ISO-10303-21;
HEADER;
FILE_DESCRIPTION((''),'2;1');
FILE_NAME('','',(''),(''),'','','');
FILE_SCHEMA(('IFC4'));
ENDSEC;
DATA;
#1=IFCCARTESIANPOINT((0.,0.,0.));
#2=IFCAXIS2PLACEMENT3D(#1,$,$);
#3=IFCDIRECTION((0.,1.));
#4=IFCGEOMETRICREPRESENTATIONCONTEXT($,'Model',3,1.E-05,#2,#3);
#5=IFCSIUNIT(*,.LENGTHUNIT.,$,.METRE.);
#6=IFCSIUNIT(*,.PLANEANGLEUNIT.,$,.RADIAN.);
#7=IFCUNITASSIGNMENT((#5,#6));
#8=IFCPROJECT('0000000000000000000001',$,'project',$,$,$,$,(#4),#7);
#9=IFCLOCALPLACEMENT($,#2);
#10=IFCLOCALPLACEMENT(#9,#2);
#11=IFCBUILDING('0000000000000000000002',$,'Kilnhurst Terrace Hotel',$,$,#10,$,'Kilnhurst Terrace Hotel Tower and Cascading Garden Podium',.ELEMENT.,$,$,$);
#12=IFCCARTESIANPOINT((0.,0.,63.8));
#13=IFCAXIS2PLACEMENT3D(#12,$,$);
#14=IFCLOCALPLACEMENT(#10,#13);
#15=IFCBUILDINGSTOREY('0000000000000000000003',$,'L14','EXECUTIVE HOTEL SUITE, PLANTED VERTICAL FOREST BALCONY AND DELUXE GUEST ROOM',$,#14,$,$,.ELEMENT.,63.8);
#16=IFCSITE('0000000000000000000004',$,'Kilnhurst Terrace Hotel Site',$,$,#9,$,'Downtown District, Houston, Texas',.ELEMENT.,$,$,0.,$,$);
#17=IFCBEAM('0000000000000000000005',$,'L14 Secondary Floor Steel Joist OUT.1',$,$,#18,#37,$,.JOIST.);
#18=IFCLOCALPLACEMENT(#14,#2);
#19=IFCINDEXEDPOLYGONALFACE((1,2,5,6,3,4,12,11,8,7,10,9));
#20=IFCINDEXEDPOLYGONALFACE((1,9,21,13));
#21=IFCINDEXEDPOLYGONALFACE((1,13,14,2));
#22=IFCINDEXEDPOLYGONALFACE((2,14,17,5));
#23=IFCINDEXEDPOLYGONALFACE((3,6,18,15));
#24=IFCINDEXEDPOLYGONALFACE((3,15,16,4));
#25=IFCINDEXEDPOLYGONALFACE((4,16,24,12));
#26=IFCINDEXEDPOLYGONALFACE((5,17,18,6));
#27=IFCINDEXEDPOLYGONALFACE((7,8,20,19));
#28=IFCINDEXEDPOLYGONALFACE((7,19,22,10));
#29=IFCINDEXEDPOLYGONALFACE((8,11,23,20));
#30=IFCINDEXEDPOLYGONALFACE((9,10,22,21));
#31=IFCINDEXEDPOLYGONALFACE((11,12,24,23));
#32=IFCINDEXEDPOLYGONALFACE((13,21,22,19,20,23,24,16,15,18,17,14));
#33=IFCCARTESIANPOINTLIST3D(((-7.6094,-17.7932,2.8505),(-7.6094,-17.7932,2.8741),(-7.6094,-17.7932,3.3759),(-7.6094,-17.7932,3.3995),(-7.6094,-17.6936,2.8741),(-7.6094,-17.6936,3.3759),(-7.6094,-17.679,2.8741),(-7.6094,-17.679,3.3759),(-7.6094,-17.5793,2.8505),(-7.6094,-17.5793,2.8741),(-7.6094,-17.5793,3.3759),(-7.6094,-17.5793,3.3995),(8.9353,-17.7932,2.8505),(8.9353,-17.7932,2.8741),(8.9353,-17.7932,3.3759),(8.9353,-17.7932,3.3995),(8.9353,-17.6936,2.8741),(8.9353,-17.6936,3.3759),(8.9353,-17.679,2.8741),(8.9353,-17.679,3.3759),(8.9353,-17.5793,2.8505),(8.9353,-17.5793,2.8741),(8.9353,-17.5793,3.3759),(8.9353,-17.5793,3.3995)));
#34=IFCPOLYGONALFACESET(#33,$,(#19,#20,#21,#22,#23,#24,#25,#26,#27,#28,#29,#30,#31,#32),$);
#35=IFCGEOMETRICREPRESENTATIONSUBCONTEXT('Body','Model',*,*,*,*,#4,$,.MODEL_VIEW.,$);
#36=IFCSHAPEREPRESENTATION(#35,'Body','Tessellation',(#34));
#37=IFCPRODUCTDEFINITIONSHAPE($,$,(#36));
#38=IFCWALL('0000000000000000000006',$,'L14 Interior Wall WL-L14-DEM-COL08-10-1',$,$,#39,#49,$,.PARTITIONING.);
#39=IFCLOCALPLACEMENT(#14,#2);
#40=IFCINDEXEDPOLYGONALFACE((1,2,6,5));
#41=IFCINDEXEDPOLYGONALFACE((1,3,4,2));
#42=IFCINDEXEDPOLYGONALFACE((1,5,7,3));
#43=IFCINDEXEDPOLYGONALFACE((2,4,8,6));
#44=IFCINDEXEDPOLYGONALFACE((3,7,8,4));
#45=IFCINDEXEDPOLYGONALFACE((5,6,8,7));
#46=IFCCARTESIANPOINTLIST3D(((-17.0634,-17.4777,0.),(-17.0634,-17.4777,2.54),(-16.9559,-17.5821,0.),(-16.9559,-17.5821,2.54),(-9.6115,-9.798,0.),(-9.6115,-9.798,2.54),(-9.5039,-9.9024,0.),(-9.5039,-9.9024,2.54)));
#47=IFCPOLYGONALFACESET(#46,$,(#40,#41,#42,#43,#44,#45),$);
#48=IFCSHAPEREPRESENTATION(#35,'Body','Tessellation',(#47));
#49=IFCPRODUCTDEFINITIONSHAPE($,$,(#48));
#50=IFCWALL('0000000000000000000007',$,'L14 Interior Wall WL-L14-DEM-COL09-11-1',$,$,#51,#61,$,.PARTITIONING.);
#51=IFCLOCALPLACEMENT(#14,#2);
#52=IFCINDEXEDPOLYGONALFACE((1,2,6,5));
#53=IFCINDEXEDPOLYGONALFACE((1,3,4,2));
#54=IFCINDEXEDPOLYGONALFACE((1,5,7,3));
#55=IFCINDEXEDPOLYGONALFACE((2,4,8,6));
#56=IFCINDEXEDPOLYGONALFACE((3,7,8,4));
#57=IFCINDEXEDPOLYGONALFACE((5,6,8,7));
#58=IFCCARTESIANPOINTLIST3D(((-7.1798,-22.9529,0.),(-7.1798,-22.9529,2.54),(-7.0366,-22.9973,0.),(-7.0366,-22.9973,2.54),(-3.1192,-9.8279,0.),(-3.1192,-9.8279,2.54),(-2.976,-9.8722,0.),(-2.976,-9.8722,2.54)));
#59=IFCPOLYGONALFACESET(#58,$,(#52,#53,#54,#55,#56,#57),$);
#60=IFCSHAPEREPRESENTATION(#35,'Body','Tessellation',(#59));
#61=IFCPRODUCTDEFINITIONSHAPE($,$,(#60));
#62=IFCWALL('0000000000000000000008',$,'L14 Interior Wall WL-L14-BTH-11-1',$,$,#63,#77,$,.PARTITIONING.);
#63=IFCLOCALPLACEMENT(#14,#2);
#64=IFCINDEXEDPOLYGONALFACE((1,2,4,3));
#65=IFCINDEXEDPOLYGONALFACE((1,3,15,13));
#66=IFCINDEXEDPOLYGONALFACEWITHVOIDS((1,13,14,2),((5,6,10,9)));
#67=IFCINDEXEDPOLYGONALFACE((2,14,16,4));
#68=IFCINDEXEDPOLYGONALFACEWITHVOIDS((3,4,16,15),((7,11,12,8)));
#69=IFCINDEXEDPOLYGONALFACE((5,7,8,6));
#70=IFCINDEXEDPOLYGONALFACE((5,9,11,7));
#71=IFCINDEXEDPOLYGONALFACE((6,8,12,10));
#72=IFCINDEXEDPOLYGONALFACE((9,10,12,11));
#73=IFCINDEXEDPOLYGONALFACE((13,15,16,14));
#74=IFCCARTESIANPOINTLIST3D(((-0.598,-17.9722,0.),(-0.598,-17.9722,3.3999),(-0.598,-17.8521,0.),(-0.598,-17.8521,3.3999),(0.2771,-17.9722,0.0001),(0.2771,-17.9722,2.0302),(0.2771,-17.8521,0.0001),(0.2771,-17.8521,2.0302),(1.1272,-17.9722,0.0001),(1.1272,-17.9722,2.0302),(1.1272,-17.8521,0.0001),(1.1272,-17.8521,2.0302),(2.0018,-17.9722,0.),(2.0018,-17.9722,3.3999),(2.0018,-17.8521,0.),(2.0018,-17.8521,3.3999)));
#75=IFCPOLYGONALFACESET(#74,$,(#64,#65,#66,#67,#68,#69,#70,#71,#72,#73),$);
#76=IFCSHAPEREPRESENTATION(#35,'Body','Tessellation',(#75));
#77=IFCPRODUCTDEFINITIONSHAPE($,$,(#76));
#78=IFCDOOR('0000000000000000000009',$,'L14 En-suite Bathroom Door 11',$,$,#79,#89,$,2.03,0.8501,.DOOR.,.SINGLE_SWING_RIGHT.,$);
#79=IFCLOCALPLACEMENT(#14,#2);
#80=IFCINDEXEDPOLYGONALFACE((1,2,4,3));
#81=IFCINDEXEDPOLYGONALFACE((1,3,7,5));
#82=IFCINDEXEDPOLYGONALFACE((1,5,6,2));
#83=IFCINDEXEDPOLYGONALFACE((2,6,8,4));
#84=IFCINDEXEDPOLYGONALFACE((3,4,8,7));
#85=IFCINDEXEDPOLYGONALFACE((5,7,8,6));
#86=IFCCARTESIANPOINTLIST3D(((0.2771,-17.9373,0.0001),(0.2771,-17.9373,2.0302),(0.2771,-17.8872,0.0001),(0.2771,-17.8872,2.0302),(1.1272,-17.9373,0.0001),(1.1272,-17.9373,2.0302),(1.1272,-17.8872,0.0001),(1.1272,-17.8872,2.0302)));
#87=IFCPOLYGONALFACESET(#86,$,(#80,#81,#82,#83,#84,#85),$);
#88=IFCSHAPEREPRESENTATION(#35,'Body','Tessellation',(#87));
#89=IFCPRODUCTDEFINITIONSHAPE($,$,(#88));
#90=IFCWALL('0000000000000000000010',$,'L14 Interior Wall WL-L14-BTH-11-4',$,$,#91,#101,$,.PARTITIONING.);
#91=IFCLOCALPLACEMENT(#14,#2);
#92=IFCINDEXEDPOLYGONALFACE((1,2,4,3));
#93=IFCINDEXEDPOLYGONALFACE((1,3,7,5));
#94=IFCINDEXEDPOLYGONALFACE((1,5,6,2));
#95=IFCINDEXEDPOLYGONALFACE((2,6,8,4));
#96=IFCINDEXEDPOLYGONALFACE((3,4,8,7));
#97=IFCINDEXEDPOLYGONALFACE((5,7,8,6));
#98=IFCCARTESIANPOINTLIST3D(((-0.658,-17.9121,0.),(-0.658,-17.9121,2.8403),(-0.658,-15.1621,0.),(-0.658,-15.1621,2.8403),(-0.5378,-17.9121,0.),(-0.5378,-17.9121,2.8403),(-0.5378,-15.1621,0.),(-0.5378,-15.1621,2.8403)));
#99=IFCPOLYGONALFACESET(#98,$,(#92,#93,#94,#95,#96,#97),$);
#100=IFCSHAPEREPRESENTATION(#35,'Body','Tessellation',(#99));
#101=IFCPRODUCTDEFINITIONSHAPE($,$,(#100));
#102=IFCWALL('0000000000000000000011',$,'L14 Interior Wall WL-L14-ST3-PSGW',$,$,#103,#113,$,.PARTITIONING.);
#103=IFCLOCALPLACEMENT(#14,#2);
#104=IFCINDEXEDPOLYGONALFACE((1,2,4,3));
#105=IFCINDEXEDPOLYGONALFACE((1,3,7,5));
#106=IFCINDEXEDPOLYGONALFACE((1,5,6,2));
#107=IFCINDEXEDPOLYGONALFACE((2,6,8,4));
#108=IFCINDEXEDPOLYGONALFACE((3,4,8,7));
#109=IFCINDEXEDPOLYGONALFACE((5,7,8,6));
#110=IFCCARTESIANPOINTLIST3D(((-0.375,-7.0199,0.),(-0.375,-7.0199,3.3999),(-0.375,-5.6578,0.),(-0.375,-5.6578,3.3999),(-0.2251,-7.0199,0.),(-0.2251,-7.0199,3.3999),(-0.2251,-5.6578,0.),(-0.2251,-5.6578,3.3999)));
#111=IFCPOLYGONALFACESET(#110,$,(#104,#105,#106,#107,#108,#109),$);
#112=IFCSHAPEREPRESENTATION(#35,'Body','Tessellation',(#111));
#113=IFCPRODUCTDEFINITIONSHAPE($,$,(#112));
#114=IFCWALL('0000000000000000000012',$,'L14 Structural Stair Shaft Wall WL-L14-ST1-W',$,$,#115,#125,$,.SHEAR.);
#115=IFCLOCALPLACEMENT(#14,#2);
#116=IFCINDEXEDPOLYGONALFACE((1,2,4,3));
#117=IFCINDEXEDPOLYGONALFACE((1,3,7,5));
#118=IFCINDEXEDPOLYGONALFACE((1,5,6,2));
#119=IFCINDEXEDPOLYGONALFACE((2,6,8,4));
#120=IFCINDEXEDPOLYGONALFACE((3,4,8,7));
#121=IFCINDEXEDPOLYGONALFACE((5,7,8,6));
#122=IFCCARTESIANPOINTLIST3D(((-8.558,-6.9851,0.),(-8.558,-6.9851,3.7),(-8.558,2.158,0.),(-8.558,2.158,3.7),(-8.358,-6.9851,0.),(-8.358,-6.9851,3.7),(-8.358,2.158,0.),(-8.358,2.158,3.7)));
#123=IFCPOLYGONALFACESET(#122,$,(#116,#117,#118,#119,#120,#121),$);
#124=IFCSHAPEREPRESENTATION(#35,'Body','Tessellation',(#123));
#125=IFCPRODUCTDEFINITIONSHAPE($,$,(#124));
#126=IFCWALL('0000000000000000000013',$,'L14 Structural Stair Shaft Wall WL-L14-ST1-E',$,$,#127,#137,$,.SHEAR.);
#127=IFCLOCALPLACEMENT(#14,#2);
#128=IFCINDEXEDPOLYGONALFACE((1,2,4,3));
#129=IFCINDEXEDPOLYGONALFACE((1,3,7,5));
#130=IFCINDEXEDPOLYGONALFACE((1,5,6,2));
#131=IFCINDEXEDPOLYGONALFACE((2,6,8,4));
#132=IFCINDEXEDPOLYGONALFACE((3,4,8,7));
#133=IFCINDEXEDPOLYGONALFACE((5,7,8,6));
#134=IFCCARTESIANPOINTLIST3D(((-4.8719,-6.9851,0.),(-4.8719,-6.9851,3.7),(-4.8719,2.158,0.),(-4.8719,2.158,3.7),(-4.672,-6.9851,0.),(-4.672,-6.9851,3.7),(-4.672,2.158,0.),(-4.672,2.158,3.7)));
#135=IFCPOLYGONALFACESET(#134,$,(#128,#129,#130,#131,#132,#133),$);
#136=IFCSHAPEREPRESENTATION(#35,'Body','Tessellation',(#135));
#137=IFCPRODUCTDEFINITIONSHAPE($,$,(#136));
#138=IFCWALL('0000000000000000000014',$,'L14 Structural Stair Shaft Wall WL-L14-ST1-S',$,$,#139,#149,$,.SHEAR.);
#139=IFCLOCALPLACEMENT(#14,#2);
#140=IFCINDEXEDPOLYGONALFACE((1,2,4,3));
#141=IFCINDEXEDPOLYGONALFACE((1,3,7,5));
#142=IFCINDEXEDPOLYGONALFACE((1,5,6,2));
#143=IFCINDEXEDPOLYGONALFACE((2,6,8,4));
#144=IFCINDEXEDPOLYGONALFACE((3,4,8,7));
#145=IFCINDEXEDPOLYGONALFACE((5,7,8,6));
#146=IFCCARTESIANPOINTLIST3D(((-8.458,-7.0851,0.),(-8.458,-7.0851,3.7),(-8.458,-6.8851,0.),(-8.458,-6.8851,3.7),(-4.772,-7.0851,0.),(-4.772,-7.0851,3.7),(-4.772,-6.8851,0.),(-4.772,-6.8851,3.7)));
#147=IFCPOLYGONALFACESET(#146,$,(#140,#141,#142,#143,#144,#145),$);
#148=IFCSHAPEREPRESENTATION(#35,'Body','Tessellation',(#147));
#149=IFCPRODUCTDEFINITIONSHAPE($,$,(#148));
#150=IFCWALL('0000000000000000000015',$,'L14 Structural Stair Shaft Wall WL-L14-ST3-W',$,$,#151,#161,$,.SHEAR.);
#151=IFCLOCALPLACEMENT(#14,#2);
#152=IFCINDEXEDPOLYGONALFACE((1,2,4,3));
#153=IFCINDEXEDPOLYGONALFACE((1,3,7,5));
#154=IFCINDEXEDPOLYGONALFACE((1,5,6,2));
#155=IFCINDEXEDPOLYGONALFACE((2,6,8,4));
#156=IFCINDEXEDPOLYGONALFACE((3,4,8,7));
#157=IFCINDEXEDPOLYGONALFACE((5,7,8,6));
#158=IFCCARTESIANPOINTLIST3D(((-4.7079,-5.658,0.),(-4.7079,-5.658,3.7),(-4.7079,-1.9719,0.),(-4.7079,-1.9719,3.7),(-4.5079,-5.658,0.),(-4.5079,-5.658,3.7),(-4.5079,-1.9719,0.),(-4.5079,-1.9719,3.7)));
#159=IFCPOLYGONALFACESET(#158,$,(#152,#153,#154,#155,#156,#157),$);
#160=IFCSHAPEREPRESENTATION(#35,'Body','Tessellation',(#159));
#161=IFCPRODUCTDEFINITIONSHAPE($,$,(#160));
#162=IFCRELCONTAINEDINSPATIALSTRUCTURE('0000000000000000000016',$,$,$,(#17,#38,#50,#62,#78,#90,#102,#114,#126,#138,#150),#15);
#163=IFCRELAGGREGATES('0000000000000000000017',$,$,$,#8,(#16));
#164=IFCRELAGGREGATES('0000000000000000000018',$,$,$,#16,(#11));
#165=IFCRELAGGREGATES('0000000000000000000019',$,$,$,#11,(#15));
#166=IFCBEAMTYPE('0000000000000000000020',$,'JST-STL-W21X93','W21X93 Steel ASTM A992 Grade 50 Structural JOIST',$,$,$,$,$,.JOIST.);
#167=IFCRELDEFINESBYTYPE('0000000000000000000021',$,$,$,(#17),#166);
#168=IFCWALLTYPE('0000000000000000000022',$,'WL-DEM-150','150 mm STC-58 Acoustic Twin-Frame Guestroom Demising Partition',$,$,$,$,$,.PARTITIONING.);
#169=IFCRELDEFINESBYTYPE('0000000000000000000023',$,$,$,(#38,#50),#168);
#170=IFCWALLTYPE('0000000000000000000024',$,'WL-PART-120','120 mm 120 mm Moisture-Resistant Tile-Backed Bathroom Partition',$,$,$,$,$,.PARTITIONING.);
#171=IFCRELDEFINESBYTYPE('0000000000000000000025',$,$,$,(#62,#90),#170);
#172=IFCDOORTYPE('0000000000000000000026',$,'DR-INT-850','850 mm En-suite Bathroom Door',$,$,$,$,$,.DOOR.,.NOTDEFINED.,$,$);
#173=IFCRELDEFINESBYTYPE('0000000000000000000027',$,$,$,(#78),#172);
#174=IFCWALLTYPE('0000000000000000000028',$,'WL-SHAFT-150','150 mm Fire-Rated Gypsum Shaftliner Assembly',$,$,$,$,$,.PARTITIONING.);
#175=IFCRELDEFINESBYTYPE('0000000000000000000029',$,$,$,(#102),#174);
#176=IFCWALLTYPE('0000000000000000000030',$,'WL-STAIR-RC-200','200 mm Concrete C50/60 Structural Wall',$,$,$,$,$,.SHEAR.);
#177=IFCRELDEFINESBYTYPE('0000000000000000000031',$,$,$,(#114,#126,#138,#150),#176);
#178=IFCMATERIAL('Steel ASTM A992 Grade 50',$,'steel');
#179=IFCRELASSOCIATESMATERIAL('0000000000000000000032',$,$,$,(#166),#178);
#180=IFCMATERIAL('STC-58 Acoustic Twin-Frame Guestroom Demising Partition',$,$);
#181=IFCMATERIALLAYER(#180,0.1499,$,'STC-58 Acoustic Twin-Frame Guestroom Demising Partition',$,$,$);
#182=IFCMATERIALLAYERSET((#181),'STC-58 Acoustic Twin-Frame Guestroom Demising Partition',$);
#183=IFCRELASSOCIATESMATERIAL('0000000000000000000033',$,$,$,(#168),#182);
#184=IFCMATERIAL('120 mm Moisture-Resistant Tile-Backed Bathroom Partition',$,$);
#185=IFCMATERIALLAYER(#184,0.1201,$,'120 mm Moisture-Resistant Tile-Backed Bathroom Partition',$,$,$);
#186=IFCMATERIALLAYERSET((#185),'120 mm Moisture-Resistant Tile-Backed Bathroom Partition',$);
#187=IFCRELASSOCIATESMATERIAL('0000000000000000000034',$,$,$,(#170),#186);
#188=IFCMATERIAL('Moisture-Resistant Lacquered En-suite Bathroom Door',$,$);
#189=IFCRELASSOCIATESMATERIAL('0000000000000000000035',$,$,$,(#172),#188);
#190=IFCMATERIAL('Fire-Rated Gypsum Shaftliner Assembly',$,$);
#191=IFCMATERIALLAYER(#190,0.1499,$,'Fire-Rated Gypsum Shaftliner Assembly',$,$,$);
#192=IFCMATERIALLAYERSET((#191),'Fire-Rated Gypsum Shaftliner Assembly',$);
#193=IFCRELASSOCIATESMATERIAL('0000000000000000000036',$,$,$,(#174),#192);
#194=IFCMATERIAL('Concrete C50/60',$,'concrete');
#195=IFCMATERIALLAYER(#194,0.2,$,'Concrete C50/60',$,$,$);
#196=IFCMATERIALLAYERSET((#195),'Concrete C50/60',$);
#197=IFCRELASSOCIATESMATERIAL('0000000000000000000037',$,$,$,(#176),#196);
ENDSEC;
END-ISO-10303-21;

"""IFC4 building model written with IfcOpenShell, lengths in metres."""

from ifc_helpers import new_model, si_unit, direction, frame, frame_2d, origin, origin_2d, place, context, subcontext, project, spatial, rectangle, i_section, extrude, material, layer, layer_set, material_profile, profile_set, type_object, element, fill, save


model = new_model("IFC4")

# Units and contexts
model_context = context("Model", 3, precision=1e-05, world=origin(), true_north=direction((0.0, 1.0)))
body_context = subcontext(model_context, "Body", "Model", "MODEL_VIEW")
ifc_project = project(units=[si_unit("LENGTHUNIT", "METRE"), si_unit("PLANEANGLEUNIT", "RADIAN")], contexts=[model_context])

# Site, building, storey
site_placement = place(None, origin())
site = spatial("IfcSite", under=ifc_project, at=site_placement, Name="Kilnhurst Terrace Hotel Site", LongName="Downtown District, Houston, Texas", CompositionType="ELEMENT", RefElevation=0.0)
building_placement = place(site_placement, origin())
building = spatial("IfcBuilding", under=site, at=building_placement, Name="Kilnhurst Terrace Hotel", LongName="Kilnhurst Terrace Hotel Tower and Cascading Garden Podium", CompositionType="ELEMENT")
storey_placement = place(building_placement, frame((0.0, 0.0, 63.8)))
storey = spatial("IfcBuildingStorey", under=building, at=storey_placement, Name="L14", Description="EXECUTIVE HOTEL SUITE, PLANTED VERTICAL FOREST BALCONY AND DELUXE GUEST ROOM", CompositionType="ELEMENT", Elevation=63.8)

# Shared definitions
ifc_material_1 = material(Name="Steel ASTM A992 Grade 50", Category="steel")

# Beam
ifc_material_2 = material(Name="Concrete C50/60", Category="concrete")
ifc_material_profile_1 = material_profile(ifc_material_1, i_section(OverallWidth=0.2139, OverallDepth=0.5491, WebThickness=0.0146, FlangeThickness=0.0237, at=origin_2d()), Name="W21X93")
ifc_profile_set_1 = profile_set([ifc_material_profile_1], Name="Steel ASTM A992 Grade 50")
beam_type_1 = type_object("IfcBeamType", Name="JST-STL-W21X93", Description="W21X93 Steel ASTM A992 Grade 50 Structural JOIST", PredefinedType="JOIST", material=ifc_profile_set_1)
beam_1_placement = place(storey_placement, frame((-7.6094, -17.6863, 3.125), z_axis=(1.0, 0.0, 0.0), x_axis=(0.0, 1.0, 0.0)))
element("IfcBeam", 1, at=beam_1_placement, inside=storey, type_object=beam_type_1, Name="L14 Secondary Floor Steel Joist OUT.1", PredefinedType="JOIST", context=body_context, shape_type="SweptSolid", body=[
    extrude(i_section(OverallWidth=0.2139, OverallDepth=0.5491, WebThickness=0.0146, FlangeThickness=0.0237, at=origin_2d()), origin(), (0.0, 0.0, 1.0), 16.5447),
])

# Walls
ifc_material_3 = material(Name="STC-58 Acoustic Twin-Frame Guestroom Demising Partition")
ifc_layer_1 = layer(ifc_material_3, 0.1499, Name="STC-58 Acoustic Twin-Frame Guestroom Demising Partition")
ifc_layer_set_1 = layer_set([ifc_layer_1], Name="STC-58 Acoustic Twin-Frame Guestroom Demising Partition")
wall_type_1 = type_object("IfcWallType", Name="WL-DEM-150", Description="150 mm STC-58 Acoustic Twin-Frame Guestroom Demising Partition", PredefinedType="PARTITIONING", material=ifc_layer_set_1)
wall_1_placement = place(storey_placement, frame((-9.5576, -9.8501, 0.0), z_axis=(0.0, 0.0, 1.0), x_axis=(-0.696383, -0.71767, 0.0)))
element("IfcWall", 2, at=wall_1_placement, inside=storey, type_object=wall_type_1, Name="L14 Interior Wall WL-L14-DEM-COL08-10-1", PredefinedType="PARTITIONING", context=body_context, shape_type="SweptSolid", body=[
    extrude(rectangle(XDim=10.7009, YDim=0.1499, at=frame_2d((5.3506, 0.0))), origin(), (0.0, 0.0, 1.0), 2.54),
])
wall_2_placement = place(storey_placement, frame((-3.0476, -9.8501, 0.0), z_axis=(0.0, 0.0, 1.0), x_axis=(-0.295554, -0.955326, 0.0)))
element("IfcWall", 3, at=wall_2_placement, inside=storey, type_object=wall_type_1, Name="L14 Interior Wall WL-L14-DEM-COL09-11-1", PredefinedType="PARTITIONING", context=body_context, shape_type="SweptSolid", body=[
    extrude(rectangle(XDim=13.7388, YDim=0.1499, at=frame_2d((6.8694, 0.0))), origin(), (0.0, 0.0, 1.0), 2.54),
])

# Wall, opening, door
ifc_material_4 = material(Name="120 mm Moisture-Resistant Tile-Backed Bathroom Partition")
ifc_layer_2 = layer(ifc_material_4, 0.1201, Name="120 mm Moisture-Resistant Tile-Backed Bathroom Partition")
ifc_layer_set_2 = layer_set([ifc_layer_2], Name="120 mm Moisture-Resistant Tile-Backed Bathroom Partition")
wall_type_2 = type_object("IfcWallType", Name="WL-PART-120", Description="120 mm 120 mm Moisture-Resistant Tile-Backed Bathroom Partition", PredefinedType="PARTITIONING", material=ifc_layer_set_2)
wall_3_placement = place(storey_placement, frame((-0.5979, -17.9121, 0.0), z_axis=(0.0, 0.0, 1.0), x_axis=(1.0, 0.0, 0.0)))
wall_3 = element("IfcWall", 4, at=wall_3_placement, inside=storey, type_object=wall_type_2, Name="L14 Interior Wall WL-L14-BTH-11-1", PredefinedType="PARTITIONING", context=body_context, shape_type="SweptSolid", body=[
    extrude(rectangle(XDim=2.5999, YDim=0.1201, at=frame_2d((1.2998, 0.0))), origin(), (0.0, 0.0, 1.0), 3.3999),
])
opening_1_placement = place(wall_3_placement, frame((0.875, 0.0, 0.0)))
opening_1 = element("IfcOpeningElement", 5, at=opening_1_placement, cuts=wall_3, PredefinedType="OPENING", context=body_context, shape_type="SweptSolid", body=[
    extrude(rectangle(XDim=0.8501, YDim=2.03, at=frame_2d((0.425, 1.0151))), frame((0.0, 0.0701, 0.0), z_axis=(0.0, -1.0, 0.0), x_axis=(1.0, 0.0, 0.0)), (0.0, 0.0, 1.0), 0.1401),
])
ifc_material_5 = material(Name="Moisture-Resistant Lacquered En-suite Bathroom Door")
door_type_1 = type_object("IfcDoorType", Name="DR-INT-850", Description="850 mm En-suite Bathroom Door", OperationType="NOTDEFINED", PredefinedType="DOOR", material=ifc_material_5)
door_1_placement = place(opening_1_placement, origin())
door_1 = element("IfcDoor", 6, at=door_1_placement, inside=storey, type_object=door_type_1, Name="L14 En-suite Bathroom Door 11", OperationType="SINGLE_SWING_RIGHT", OverallHeight=2.03, OverallWidth=0.8501, PredefinedType="DOOR", context=body_context, shape_type="SweptSolid", body=[
    extrude(rectangle(XDim=0.8501, YDim=2.03, at=frame_2d((0.425, 1.0151))), frame((0.0, 0.0249, 0.0), z_axis=(0.0, -1.0, 0.0), x_axis=(1.0, 0.0, 0.0)), (0.0, 0.0, 1.0), 0.05),
])
fill(opening_1, door_1)

# Walls
wall_4_placement = place(storey_placement, frame((-0.5979, -15.1621, 0.0), z_axis=(0.0, 0.0, 1.0), x_axis=(0.0, -1.0, 0.0)))
element("IfcWall", 7, at=wall_4_placement, inside=storey, type_object=wall_type_2, Name="L14 Interior Wall WL-L14-BTH-11-4", PredefinedType="PARTITIONING", context=body_context, shape_type="SweptSolid", body=[
    extrude(rectangle(XDim=2.75, YDim=0.1201, at=frame_2d((1.375, 0.0))), origin(), (0.0, 0.0, 1.0), 2.8403),
])
ifc_material_6 = material(Name="Fire-Rated Gypsum Shaftliner Assembly")
ifc_layer_3 = layer(ifc_material_6, 0.1499, Name="Fire-Rated Gypsum Shaftliner Assembly")
ifc_layer_set_3 = layer_set([ifc_layer_3], Name="Fire-Rated Gypsum Shaftliner Assembly")
wall_type_3 = type_object("IfcWallType", Name="WL-SHAFT-150", Description="150 mm Fire-Rated Gypsum Shaftliner Assembly", PredefinedType="PARTITIONING", material=ifc_layer_set_3)
wall_5_placement = place(storey_placement, frame((-0.3, -7.02, 0.0), z_axis=(0.0, 0.0, 1.0), x_axis=(0.0, 1.0, 0.0)))
element("IfcWall", 8, at=wall_5_placement, inside=storey, type_object=wall_type_3, Name="L14 Interior Wall WL-L14-ST3-PSGW", PredefinedType="PARTITIONING", context=body_context, shape_type="SweptSolid", body=[
    extrude(rectangle(XDim=1.3621, YDim=0.1499, at=frame_2d((0.6812, 0.0))), origin(), (0.0, 0.0, 1.0), 3.3999),
])
ifc_layer_4 = layer(ifc_material_2, 0.2, Name="Concrete C50/60")
ifc_layer_set_4 = layer_set([ifc_layer_4], Name="Concrete C50/60")
wall_type_4 = type_object("IfcWallType", Name="WL-STAIR-RC-200", Description="200 mm Concrete C50/60 Structural Wall", PredefinedType="SHEAR", material=ifc_layer_set_4)
for number, where, z_axis, x_axis, name in (
    (9, (-8.458, -6.9851, 0.0), (0.0, 0.0, 1.0), (0.0, 1.0, 0.0), "L14 Structural Stair Shaft Wall WL-L14-ST1-W"),
    (10, (-4.772, -6.9851, 0.0), (0.0, 0.0, 1.0), (0.0, 1.0, 0.0), "L14 Structural Stair Shaft Wall WL-L14-ST1-E"),
):
    element("IfcWall", number, at=place(storey_placement, frame(where, z_axis=z_axis, x_axis=x_axis)), inside=storey, type_object=wall_type_4, Name=name, PredefinedType="SHEAR", context=body_context, shape_type="SweptSolid", body=[
        extrude(rectangle(XDim=9.1431, YDim=0.2, at=frame_2d((4.5715, 0.0))), origin(), (0.0, 0.0, 1.0), 3.7),
    ])
for number, where, z_axis, x_axis, name in (
    (11, (-8.458, -6.9851, 0.0), (0.0, 0.0, 1.0), (1.0, 0.0, 0.0), "L14 Structural Stair Shaft Wall WL-L14-ST1-S"),
    (12, (-4.6079, -5.658, 0.0), (0.0, 0.0, 1.0), (0.0, 1.0, 0.0), "L14 Structural Stair Shaft Wall WL-L14-ST3-W"),
):
    element("IfcWall", number, at=place(storey_placement, frame(where, z_axis=z_axis, x_axis=x_axis)), inside=storey, type_object=wall_type_4, Name=name, PredefinedType="SHEAR", context=body_context, shape_type="SweptSolid", body=[
        extrude(rectangle(XDim=3.686, YDim=0.2, at=frame_2d((1.843, 0.0))), origin(), (0.0, 0.0, 1.0), 3.7),
    ])

save(model, "model.ifc")
